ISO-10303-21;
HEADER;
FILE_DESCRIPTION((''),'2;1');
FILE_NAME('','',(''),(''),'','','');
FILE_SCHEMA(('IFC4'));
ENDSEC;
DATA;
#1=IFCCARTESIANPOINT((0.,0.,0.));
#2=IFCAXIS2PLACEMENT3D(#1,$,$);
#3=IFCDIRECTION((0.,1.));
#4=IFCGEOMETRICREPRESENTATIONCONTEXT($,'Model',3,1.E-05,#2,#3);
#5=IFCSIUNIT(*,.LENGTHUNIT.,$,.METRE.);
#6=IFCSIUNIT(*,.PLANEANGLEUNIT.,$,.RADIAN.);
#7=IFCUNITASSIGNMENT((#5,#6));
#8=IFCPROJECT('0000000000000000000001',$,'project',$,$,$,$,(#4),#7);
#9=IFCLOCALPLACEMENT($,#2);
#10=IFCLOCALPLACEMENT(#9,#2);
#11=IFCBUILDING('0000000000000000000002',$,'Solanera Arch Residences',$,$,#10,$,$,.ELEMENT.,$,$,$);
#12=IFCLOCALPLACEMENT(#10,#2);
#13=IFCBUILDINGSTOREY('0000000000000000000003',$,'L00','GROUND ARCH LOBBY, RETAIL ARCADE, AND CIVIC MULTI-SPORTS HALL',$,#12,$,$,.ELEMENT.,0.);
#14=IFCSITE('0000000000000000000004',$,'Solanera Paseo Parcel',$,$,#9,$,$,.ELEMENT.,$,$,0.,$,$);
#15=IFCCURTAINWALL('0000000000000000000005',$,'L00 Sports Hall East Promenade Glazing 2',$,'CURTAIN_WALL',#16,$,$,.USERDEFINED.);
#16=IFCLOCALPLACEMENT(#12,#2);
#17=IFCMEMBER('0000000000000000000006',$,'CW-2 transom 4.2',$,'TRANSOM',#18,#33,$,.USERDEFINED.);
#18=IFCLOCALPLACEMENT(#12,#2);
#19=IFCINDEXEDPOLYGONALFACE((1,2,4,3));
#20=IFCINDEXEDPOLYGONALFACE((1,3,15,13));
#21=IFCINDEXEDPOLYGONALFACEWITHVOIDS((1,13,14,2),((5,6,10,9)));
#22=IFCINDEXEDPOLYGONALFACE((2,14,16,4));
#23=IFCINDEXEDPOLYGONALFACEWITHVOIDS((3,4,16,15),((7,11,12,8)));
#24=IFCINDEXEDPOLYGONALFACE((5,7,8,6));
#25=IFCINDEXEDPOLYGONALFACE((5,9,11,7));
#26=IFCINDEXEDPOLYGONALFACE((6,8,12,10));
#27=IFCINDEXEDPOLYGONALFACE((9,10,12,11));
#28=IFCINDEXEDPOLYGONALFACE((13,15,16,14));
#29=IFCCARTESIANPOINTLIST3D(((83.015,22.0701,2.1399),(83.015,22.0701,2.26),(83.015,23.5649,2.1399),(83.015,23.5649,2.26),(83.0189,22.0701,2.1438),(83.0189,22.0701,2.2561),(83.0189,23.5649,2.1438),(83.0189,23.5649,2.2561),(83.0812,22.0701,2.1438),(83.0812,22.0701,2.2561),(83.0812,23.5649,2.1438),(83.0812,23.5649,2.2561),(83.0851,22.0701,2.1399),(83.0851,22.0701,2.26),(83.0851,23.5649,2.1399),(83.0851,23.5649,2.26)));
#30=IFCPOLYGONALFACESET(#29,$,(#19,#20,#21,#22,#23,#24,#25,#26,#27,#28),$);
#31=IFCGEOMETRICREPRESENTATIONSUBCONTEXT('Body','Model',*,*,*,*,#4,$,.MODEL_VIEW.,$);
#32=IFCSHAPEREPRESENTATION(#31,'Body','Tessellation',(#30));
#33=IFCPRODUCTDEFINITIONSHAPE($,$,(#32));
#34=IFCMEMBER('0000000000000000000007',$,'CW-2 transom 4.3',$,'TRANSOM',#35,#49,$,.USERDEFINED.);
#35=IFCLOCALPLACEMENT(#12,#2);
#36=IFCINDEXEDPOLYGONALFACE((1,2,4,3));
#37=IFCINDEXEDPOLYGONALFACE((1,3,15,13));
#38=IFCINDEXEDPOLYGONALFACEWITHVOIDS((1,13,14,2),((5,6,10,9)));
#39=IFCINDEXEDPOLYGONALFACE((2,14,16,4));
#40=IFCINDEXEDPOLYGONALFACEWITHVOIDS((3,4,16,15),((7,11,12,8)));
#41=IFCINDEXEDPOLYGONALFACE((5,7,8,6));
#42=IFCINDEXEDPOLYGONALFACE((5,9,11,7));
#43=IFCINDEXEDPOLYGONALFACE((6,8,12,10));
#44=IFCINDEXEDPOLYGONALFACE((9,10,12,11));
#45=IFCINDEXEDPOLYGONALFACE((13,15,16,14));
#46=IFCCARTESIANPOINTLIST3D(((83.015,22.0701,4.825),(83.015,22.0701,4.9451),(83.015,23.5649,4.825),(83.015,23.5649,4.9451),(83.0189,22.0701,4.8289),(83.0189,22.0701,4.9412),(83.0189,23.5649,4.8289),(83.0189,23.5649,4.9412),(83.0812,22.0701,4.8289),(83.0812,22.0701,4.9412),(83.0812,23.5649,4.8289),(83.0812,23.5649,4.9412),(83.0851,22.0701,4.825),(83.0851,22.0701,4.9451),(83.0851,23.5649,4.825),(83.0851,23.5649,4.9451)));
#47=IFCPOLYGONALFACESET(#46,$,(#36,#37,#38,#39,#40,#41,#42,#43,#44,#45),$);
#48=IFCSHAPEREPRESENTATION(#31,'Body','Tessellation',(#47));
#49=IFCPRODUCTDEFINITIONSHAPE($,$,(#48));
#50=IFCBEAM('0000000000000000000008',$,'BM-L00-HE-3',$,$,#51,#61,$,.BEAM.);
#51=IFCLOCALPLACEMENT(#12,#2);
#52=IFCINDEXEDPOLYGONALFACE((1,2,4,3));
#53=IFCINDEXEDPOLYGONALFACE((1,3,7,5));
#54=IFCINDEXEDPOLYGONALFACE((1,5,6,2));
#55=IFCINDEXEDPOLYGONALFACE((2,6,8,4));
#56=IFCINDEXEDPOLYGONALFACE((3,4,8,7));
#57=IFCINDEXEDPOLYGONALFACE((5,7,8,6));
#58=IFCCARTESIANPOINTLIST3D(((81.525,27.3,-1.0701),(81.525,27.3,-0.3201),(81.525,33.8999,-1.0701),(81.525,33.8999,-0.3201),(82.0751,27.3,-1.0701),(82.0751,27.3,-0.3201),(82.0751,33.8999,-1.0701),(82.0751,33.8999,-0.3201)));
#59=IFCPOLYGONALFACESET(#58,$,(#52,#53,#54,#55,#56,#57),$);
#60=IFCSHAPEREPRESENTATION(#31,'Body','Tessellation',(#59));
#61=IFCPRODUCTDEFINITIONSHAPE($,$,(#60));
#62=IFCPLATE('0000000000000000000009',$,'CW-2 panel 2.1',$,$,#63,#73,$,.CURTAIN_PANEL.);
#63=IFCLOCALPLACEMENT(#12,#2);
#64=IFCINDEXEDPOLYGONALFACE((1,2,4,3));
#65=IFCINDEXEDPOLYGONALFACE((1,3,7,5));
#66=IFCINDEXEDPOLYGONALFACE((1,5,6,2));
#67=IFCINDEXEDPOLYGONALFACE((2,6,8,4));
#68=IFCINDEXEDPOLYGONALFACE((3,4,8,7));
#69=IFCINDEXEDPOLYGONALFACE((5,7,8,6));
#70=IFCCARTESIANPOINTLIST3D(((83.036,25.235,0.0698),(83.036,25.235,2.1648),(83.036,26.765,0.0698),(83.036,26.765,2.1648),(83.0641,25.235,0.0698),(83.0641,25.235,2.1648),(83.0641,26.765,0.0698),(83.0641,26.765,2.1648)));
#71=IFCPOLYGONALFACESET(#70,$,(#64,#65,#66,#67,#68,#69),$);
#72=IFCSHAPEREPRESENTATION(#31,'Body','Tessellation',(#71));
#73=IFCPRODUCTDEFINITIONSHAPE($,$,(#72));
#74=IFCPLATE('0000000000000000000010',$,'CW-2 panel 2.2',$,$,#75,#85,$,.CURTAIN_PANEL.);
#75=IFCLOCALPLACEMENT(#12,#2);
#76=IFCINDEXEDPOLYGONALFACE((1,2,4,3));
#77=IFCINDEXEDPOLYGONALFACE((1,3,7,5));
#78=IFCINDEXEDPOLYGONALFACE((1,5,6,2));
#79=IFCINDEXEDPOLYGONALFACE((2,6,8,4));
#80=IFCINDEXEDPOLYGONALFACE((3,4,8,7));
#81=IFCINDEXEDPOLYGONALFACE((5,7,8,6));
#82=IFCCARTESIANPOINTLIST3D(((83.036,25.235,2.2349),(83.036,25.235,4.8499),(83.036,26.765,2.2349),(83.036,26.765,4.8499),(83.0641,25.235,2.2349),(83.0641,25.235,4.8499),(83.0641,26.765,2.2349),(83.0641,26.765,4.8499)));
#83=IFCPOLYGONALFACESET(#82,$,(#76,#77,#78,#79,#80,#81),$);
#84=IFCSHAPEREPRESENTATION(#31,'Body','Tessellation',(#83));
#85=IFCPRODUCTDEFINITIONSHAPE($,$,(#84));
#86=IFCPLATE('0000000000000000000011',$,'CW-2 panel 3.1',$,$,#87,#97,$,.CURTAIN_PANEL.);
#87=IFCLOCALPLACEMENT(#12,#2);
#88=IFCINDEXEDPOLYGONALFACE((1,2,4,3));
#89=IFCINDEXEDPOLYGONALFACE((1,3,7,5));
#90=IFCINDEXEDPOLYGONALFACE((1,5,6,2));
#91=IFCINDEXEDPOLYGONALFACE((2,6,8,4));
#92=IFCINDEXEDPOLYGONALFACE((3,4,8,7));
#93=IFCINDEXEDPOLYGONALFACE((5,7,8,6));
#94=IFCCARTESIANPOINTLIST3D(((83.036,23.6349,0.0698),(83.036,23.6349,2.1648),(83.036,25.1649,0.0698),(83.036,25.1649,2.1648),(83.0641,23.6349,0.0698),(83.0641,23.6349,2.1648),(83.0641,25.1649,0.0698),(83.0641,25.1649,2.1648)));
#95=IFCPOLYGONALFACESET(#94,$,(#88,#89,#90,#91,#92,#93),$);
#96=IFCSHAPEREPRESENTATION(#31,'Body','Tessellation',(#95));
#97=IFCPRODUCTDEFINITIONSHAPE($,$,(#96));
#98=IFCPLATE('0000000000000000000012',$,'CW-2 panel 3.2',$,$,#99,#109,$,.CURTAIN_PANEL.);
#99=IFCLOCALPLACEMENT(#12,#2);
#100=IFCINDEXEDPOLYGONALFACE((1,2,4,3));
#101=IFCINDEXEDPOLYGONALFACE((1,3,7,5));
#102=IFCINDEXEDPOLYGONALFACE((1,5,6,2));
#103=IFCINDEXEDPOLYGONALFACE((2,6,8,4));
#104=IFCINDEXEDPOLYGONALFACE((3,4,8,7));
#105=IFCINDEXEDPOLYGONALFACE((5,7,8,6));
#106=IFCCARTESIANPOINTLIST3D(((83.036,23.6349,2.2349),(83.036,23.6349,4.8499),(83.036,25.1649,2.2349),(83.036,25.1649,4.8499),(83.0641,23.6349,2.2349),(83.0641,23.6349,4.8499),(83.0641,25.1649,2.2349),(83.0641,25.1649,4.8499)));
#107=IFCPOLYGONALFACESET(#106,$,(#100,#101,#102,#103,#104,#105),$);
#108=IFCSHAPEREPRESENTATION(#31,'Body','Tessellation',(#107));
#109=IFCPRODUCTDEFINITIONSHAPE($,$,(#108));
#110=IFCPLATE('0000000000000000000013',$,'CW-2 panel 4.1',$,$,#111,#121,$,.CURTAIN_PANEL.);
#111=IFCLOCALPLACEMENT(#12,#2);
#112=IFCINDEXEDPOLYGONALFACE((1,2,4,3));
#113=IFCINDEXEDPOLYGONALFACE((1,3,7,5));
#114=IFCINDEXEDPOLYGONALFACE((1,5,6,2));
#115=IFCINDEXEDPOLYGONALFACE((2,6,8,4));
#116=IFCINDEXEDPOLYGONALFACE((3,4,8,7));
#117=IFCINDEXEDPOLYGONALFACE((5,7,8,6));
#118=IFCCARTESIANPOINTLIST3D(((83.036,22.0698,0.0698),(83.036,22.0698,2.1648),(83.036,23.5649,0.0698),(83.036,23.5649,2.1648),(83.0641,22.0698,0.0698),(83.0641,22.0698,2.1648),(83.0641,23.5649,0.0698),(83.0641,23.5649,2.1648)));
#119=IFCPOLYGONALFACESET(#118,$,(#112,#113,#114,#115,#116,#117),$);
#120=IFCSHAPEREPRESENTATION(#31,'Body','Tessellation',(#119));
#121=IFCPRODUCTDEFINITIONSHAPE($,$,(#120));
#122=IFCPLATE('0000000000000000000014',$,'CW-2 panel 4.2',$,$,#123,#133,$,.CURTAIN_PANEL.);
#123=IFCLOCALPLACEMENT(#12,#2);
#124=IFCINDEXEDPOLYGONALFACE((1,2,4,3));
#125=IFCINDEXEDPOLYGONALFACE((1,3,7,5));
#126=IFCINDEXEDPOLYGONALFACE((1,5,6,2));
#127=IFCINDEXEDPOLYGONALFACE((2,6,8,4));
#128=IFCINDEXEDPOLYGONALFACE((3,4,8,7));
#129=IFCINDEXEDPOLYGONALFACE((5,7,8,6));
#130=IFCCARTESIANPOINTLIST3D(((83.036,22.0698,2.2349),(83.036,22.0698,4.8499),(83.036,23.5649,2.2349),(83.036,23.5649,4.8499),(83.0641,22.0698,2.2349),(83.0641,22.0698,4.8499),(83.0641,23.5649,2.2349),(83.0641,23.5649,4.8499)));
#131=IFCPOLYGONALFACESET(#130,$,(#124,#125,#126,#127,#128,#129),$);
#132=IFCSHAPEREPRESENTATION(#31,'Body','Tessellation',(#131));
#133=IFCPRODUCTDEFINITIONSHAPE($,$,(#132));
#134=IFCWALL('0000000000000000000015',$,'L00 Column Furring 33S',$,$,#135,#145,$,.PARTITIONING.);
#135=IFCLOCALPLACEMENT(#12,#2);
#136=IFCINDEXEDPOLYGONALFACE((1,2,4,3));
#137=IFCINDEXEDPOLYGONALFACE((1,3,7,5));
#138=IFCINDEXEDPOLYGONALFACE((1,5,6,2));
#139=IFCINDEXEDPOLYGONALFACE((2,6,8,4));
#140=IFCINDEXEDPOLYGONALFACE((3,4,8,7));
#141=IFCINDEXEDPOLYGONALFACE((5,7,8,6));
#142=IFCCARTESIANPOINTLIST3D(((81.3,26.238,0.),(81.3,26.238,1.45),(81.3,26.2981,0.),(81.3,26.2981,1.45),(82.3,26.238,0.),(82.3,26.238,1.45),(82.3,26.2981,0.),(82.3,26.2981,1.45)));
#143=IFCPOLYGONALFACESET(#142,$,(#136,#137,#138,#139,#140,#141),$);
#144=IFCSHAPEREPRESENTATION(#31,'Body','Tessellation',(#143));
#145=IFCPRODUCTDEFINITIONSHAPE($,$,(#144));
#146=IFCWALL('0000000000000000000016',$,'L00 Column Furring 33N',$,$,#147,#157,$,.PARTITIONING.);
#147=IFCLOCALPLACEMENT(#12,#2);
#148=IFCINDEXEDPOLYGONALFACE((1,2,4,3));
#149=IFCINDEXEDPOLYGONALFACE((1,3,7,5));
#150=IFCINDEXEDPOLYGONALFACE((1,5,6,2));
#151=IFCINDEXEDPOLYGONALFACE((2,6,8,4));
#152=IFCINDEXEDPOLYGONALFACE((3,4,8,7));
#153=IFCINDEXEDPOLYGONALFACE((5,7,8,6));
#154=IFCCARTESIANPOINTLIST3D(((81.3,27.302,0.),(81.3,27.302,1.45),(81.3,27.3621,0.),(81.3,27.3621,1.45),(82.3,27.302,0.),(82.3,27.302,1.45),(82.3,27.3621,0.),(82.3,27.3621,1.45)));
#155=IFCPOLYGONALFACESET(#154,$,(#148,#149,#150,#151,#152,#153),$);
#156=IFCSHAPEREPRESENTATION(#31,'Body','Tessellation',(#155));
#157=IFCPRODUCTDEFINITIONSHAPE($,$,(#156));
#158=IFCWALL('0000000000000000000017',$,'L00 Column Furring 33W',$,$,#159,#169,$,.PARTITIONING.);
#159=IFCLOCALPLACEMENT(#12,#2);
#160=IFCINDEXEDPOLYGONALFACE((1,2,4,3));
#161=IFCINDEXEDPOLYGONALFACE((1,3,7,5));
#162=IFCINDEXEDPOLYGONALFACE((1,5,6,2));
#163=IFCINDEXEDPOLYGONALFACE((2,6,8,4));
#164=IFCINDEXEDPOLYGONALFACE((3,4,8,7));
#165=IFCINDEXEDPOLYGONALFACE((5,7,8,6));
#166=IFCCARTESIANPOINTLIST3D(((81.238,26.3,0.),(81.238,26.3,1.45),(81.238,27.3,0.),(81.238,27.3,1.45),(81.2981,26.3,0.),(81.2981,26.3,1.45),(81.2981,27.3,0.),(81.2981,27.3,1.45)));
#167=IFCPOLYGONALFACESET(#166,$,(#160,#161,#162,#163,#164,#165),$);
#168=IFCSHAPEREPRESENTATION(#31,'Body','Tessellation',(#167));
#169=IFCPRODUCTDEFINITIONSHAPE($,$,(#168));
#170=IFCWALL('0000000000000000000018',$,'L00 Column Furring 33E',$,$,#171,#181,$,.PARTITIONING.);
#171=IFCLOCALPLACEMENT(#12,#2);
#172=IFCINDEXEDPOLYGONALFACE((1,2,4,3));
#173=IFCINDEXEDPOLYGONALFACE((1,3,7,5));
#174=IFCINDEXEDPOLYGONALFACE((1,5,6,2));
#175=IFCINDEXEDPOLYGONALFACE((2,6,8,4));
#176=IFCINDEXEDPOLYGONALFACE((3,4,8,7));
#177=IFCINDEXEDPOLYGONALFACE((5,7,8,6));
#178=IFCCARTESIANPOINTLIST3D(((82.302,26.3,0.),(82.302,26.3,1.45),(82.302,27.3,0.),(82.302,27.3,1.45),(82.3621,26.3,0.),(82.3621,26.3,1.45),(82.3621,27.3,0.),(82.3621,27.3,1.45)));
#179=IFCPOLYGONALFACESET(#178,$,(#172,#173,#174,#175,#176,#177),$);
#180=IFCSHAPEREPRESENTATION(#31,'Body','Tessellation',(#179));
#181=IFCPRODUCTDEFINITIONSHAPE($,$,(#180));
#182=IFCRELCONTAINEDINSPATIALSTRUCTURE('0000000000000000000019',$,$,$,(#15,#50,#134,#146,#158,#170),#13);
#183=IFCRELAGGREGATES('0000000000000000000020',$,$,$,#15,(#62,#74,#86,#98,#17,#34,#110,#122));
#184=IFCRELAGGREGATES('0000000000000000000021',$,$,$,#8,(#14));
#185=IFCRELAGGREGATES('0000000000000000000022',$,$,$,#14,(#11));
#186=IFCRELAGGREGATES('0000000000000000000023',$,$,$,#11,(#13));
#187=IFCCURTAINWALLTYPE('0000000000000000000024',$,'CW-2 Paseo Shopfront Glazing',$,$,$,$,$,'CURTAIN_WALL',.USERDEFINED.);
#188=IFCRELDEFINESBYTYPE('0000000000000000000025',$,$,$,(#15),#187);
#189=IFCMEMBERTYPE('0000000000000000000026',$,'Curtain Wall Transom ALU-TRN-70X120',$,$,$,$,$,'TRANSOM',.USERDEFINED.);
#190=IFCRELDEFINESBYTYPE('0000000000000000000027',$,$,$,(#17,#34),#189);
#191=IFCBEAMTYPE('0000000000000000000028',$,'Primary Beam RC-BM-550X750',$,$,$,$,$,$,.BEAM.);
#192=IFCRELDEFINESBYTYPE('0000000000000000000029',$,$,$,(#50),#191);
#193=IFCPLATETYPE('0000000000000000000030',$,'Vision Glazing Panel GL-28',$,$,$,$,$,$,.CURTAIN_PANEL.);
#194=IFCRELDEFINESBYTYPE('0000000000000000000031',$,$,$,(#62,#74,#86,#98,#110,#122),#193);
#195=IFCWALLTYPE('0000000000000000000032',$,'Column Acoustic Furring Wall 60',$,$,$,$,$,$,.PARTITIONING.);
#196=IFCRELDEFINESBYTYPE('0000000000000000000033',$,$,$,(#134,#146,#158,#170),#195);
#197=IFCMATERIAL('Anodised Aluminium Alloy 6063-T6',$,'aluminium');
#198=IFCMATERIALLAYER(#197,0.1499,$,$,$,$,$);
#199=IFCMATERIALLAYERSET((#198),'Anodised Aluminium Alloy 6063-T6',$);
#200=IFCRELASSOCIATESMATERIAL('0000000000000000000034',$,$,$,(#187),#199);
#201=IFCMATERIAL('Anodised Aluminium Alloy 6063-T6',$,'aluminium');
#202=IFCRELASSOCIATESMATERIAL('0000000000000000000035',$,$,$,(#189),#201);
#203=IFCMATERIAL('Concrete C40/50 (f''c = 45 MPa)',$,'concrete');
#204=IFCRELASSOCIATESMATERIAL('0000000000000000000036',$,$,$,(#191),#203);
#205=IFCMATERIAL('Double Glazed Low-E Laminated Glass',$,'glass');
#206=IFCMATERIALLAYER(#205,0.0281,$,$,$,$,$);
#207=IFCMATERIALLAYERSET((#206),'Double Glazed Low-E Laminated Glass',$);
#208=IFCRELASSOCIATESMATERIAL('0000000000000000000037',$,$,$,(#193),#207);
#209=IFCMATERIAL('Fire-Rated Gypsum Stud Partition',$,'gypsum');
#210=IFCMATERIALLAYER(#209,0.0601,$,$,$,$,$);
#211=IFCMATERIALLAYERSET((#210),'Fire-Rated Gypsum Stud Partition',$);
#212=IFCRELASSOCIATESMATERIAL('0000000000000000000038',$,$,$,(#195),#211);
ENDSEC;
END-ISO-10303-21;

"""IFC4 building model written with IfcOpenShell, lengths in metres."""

from ifc_helpers import new_model, si_unit, direction, frame, frame_2d, origin, origin_2d, place, context, subcontext, project, spatial, rectangle, hollow_rectangle, extrude, material, layer, layer_set, material_profile, profile_set, type_object, element, aggregate, save


model = new_model("IFC4")

# Units and contexts
model_context = context("Model", 3, precision=1e-05, world=origin(), true_north=direction((0.0, 1.0)))
body_context = subcontext(model_context, "Body", "Model", "MODEL_VIEW")
ifc_project = project(units=[si_unit("LENGTHUNIT", "METRE"), si_unit("PLANEANGLEUNIT", "RADIAN")], contexts=[model_context])

# Site, building, storey
site_placement = place(None, origin())
site = spatial("IfcSite", under=ifc_project, at=site_placement, Name="Solanera Paseo Parcel", CompositionType="ELEMENT", RefElevation=0.0)
building_placement = place(site_placement, origin())
building = spatial("IfcBuilding", under=site, at=building_placement, Name="Solanera Arch Residences", CompositionType="ELEMENT")
storey_placement = place(building_placement, origin())
storey = spatial("IfcBuildingStorey", under=building, at=storey_placement, Name="L00", Description="GROUND ARCH LOBBY, RETAIL ARCADE, AND CIVIC MULTI-SPORTS HALL", CompositionType="ELEMENT", Elevation=0.0)

# Curtain wall, members
ifc_material_1 = material(Name="Anodised Aluminium Alloy 6063-T6", Category="aluminium")
ifc_layer_1 = layer(ifc_material_1, 0.1499)
ifc_layer_set_1 = layer_set([ifc_layer_1], Name="Anodised Aluminium Alloy 6063-T6")
curtain_wall_type = type_object("IfcCurtainWallType", Name="CW-2 Paseo Shopfront Glazing", ElementType="CURTAIN_WALL", PredefinedType="USERDEFINED", material=ifc_layer_set_1)
curtain_wall_placement = place(storey_placement, origin())
curtain_wall = element("IfcCurtainWall", 1, at=curtain_wall_placement, inside=storey, type_object=curtain_wall_type, Name="L00 Sports Hall East Promenade Glazing 2", ObjectType="CURTAIN_WALL", PredefinedType="USERDEFINED")
ifc_material_2 = material(Name="Anodised Aluminium Alloy 6063-T6", Category="aluminium")
ifc_material_profile_1 = material_profile(ifc_material_2, hollow_rectangle(XDim=0.0701, YDim=0.1201, WallThickness=0.0039, at=origin_2d()))
ifc_profile_set_1 = profile_set([ifc_material_profile_1], Name="Anodised Aluminium Alloy 6063-T6")
member_type_1 = type_object("IfcMemberType", Name="Curtain Wall Transom ALU-TRN-70X120", ElementType="TRANSOM", PredefinedType="USERDEFINED", material=ifc_profile_set_1)
member_1_placement = place(storey_placement, frame((83.05, 23.5649, 2.2), z_axis=(0.0, -1.0, 0.0), x_axis=(1.0, 0.0, 0.0)))
member_1 = element("IfcMember", 2, at=member_1_placement, type_object=member_type_1, Name="CW-2 transom 4.2", ObjectType="TRANSOM", PredefinedType="USERDEFINED", context=body_context, shape_type="SweptSolid", body=[
    extrude(hollow_rectangle(XDim=0.0701, YDim=0.1201, WallThickness=0.0039, at=origin_2d()), origin(), (0.0, 0.0, 1.0), 1.4949),
])
member_2_placement = place(storey_placement, frame((83.05, 23.5649, 4.885), z_axis=(0.0, -1.0, 0.0), x_axis=(1.0, 0.0, 0.0)))
member_2 = element("IfcMember", 3, at=member_2_placement, type_object=member_type_1, Name="CW-2 transom 4.3", ObjectType="TRANSOM", PredefinedType="USERDEFINED", context=body_context, shape_type="SweptSolid", body=[
    extrude(hollow_rectangle(XDim=0.0701, YDim=0.1201, WallThickness=0.0039, at=origin_2d()), origin(), (0.0, 0.0, 1.0), 1.4949),
])

# Beam
ifc_material_3 = material(Name="Concrete C40/50 (f'c = 45 MPa)", Category="concrete")
ifc_material_profile_2 = material_profile(ifc_material_3, rectangle(XDim=0.55, YDim=0.75, at=origin_2d()))
ifc_profile_set_2 = profile_set([ifc_material_profile_2], Name="Concrete C40/50 (f'c = 45 MPa)")
beam_type = type_object("IfcBeamType", Name="Primary Beam RC-BM-550X750", PredefinedType="BEAM", material=ifc_profile_set_2)
beam_placement = place(storey_placement, frame((81.8, 27.3, -0.6951), z_axis=(0.0, 1.0, 0.0), x_axis=(-1.0, 0.0, 0.0)))
element("IfcBeam", 4, at=beam_placement, inside=storey, type_object=beam_type, Name="BM-L00-HE-3", PredefinedType="BEAM", context=body_context, shape_type="SweptSolid", body=[
    extrude(rectangle(XDim=0.55, YDim=0.75, at=origin_2d()), origin(), (0.0, 0.0, 1.0), 6.5999),
])

# Plates
ifc_material_4 = material(Name="Double Glazed Low-E Laminated Glass", Category="glass")
ifc_layer_2 = layer(ifc_material_4, 0.0281)
ifc_layer_set_2 = layer_set([ifc_layer_2], Name="Double Glazed Low-E Laminated Glass")
plate_type = type_object("IfcPlateType", Name="Vision Glazing Panel GL-28", PredefinedType="CURTAIN_PANEL", material=ifc_layer_set_2)
plate_1_placement = place(storey_placement, frame((83.05, 26.0, 0.0698), z_axis=(0.0, 0.0, 1.0), x_axis=(0.0, -1.0, 0.0)))
plate_1 = element("IfcPlate", 5, at=plate_1_placement, type_object=plate_type, Name="CW-2 panel 2.1", PredefinedType="CURTAIN_PANEL", context=body_context, shape_type="SweptSolid", body=[
    extrude(rectangle(XDim=1.53, YDim=0.0281, at=origin_2d()), origin(), (0.0, 0.0, 1.0), 2.095),
])
plate_2_placement = place(storey_placement, frame((83.05, 26.0, 2.2349), z_axis=(0.0, 0.0, 1.0), x_axis=(0.0, -1.0, 0.0)))
plate_2 = element("IfcPlate", 6, at=plate_2_placement, type_object=plate_type, Name="CW-2 panel 2.2", PredefinedType="CURTAIN_PANEL", context=body_context, shape_type="SweptSolid", body=[
    extrude(rectangle(XDim=1.53, YDim=0.0281, at=origin_2d()), origin(), (0.0, 0.0, 1.0), 2.615),
])
plate_3_placement = place(storey_placement, frame((83.05, 24.3999, 0.0698), z_axis=(0.0, 0.0, 1.0), x_axis=(0.0, -1.0, 0.0)))
plate_3 = element("IfcPlate", 7, at=plate_3_placement, type_object=plate_type, Name="CW-2 panel 3.1", PredefinedType="CURTAIN_PANEL", context=body_context, shape_type="SweptSolid", body=[
    extrude(rectangle(XDim=1.53, YDim=0.0281, at=origin_2d()), origin(), (0.0, 0.0, 1.0), 2.095),
])
plate_4_placement = place(storey_placement, frame((83.05, 24.3999, 2.2349), z_axis=(0.0, 0.0, 1.0), x_axis=(0.0, -1.0, 0.0)))
plate_4 = element("IfcPlate", 8, at=plate_4_placement, type_object=plate_type, Name="CW-2 panel 3.2", PredefinedType="CURTAIN_PANEL", context=body_context, shape_type="SweptSolid", body=[
    extrude(rectangle(XDim=1.53, YDim=0.0281, at=origin_2d()), origin(), (0.0, 0.0, 1.0), 2.615),
])
plate_5_placement = place(storey_placement, frame((83.05, 22.8174, 0.0698), z_axis=(0.0, 0.0, 1.0), x_axis=(0.0, -1.0, 0.0)))
plate_5 = element("IfcPlate", 9, at=plate_5_placement, type_object=plate_type, Name="CW-2 panel 4.1", PredefinedType="CURTAIN_PANEL", context=body_context, shape_type="SweptSolid", body=[
    extrude(rectangle(XDim=1.4951, YDim=0.0281, at=origin_2d()), origin(), (0.0, 0.0, 1.0), 2.095),
])
plate_6_placement = place(storey_placement, frame((83.05, 22.8174, 2.2349), z_axis=(0.0, 0.0, 1.0), x_axis=(0.0, -1.0, 0.0)))
plate_6 = element("IfcPlate", 10, at=plate_6_placement, type_object=plate_type, Name="CW-2 panel 4.2", PredefinedType="CURTAIN_PANEL", context=body_context, shape_type="SweptSolid", body=[
    extrude(rectangle(XDim=1.4951, YDim=0.0281, at=origin_2d()), origin(), (0.0, 0.0, 1.0), 2.615),
])
aggregate(curtain_wall, [plate_1, plate_2, plate_3, plate_4, member_1, member_2, plate_5, plate_6])

# Walls
ifc_material_5 = material(Name="Fire-Rated Gypsum Stud Partition", Category="gypsum")
ifc_layer_3 = layer(ifc_material_5, 0.0601)
ifc_layer_set_3 = layer_set([ifc_layer_3], Name="Fire-Rated Gypsum Stud Partition")
wall_type = type_object("IfcWallType", Name="Column Acoustic Furring Wall 60", PredefinedType="PARTITIONING", material=ifc_layer_set_3)
for number, where, z_axis, x_axis, name in (
    (11, (81.3, 26.2681, 0.0), (0.0, 0.0, 1.0), (1.0, 0.0, 0.0), "L00 Column Furring 33S"),
    (12, (81.3, 27.332, 0.0), (0.0, 0.0, 1.0), (1.0, 0.0, 0.0), "L00 Column Furring 33N"),
    (13, (81.2681, 26.3, 0.0), (0.0, 0.0, 1.0), (0.0, 1.0, 0.0), "L00 Column Furring 33W"),
    (14, (82.332, 26.3, 0.0), (0.0, 0.0, 1.0), (0.0, 1.0, 0.0), "L00 Column Furring 33E"),
):
    element("IfcWall", number, at=place(storey_placement, frame(where, z_axis=z_axis, x_axis=x_axis)), inside=storey, type_object=wall_type, Name=name, PredefinedType="PARTITIONING", context=body_context, shape_type="SweptSolid", body=[
        extrude(rectangle(XDim=1.0, YDim=0.0601, at=frame_2d((0.5, 0.0))), origin(), (0.0, 0.0, 1.0), 1.45),
    ])

save(model, "model.ifc")
